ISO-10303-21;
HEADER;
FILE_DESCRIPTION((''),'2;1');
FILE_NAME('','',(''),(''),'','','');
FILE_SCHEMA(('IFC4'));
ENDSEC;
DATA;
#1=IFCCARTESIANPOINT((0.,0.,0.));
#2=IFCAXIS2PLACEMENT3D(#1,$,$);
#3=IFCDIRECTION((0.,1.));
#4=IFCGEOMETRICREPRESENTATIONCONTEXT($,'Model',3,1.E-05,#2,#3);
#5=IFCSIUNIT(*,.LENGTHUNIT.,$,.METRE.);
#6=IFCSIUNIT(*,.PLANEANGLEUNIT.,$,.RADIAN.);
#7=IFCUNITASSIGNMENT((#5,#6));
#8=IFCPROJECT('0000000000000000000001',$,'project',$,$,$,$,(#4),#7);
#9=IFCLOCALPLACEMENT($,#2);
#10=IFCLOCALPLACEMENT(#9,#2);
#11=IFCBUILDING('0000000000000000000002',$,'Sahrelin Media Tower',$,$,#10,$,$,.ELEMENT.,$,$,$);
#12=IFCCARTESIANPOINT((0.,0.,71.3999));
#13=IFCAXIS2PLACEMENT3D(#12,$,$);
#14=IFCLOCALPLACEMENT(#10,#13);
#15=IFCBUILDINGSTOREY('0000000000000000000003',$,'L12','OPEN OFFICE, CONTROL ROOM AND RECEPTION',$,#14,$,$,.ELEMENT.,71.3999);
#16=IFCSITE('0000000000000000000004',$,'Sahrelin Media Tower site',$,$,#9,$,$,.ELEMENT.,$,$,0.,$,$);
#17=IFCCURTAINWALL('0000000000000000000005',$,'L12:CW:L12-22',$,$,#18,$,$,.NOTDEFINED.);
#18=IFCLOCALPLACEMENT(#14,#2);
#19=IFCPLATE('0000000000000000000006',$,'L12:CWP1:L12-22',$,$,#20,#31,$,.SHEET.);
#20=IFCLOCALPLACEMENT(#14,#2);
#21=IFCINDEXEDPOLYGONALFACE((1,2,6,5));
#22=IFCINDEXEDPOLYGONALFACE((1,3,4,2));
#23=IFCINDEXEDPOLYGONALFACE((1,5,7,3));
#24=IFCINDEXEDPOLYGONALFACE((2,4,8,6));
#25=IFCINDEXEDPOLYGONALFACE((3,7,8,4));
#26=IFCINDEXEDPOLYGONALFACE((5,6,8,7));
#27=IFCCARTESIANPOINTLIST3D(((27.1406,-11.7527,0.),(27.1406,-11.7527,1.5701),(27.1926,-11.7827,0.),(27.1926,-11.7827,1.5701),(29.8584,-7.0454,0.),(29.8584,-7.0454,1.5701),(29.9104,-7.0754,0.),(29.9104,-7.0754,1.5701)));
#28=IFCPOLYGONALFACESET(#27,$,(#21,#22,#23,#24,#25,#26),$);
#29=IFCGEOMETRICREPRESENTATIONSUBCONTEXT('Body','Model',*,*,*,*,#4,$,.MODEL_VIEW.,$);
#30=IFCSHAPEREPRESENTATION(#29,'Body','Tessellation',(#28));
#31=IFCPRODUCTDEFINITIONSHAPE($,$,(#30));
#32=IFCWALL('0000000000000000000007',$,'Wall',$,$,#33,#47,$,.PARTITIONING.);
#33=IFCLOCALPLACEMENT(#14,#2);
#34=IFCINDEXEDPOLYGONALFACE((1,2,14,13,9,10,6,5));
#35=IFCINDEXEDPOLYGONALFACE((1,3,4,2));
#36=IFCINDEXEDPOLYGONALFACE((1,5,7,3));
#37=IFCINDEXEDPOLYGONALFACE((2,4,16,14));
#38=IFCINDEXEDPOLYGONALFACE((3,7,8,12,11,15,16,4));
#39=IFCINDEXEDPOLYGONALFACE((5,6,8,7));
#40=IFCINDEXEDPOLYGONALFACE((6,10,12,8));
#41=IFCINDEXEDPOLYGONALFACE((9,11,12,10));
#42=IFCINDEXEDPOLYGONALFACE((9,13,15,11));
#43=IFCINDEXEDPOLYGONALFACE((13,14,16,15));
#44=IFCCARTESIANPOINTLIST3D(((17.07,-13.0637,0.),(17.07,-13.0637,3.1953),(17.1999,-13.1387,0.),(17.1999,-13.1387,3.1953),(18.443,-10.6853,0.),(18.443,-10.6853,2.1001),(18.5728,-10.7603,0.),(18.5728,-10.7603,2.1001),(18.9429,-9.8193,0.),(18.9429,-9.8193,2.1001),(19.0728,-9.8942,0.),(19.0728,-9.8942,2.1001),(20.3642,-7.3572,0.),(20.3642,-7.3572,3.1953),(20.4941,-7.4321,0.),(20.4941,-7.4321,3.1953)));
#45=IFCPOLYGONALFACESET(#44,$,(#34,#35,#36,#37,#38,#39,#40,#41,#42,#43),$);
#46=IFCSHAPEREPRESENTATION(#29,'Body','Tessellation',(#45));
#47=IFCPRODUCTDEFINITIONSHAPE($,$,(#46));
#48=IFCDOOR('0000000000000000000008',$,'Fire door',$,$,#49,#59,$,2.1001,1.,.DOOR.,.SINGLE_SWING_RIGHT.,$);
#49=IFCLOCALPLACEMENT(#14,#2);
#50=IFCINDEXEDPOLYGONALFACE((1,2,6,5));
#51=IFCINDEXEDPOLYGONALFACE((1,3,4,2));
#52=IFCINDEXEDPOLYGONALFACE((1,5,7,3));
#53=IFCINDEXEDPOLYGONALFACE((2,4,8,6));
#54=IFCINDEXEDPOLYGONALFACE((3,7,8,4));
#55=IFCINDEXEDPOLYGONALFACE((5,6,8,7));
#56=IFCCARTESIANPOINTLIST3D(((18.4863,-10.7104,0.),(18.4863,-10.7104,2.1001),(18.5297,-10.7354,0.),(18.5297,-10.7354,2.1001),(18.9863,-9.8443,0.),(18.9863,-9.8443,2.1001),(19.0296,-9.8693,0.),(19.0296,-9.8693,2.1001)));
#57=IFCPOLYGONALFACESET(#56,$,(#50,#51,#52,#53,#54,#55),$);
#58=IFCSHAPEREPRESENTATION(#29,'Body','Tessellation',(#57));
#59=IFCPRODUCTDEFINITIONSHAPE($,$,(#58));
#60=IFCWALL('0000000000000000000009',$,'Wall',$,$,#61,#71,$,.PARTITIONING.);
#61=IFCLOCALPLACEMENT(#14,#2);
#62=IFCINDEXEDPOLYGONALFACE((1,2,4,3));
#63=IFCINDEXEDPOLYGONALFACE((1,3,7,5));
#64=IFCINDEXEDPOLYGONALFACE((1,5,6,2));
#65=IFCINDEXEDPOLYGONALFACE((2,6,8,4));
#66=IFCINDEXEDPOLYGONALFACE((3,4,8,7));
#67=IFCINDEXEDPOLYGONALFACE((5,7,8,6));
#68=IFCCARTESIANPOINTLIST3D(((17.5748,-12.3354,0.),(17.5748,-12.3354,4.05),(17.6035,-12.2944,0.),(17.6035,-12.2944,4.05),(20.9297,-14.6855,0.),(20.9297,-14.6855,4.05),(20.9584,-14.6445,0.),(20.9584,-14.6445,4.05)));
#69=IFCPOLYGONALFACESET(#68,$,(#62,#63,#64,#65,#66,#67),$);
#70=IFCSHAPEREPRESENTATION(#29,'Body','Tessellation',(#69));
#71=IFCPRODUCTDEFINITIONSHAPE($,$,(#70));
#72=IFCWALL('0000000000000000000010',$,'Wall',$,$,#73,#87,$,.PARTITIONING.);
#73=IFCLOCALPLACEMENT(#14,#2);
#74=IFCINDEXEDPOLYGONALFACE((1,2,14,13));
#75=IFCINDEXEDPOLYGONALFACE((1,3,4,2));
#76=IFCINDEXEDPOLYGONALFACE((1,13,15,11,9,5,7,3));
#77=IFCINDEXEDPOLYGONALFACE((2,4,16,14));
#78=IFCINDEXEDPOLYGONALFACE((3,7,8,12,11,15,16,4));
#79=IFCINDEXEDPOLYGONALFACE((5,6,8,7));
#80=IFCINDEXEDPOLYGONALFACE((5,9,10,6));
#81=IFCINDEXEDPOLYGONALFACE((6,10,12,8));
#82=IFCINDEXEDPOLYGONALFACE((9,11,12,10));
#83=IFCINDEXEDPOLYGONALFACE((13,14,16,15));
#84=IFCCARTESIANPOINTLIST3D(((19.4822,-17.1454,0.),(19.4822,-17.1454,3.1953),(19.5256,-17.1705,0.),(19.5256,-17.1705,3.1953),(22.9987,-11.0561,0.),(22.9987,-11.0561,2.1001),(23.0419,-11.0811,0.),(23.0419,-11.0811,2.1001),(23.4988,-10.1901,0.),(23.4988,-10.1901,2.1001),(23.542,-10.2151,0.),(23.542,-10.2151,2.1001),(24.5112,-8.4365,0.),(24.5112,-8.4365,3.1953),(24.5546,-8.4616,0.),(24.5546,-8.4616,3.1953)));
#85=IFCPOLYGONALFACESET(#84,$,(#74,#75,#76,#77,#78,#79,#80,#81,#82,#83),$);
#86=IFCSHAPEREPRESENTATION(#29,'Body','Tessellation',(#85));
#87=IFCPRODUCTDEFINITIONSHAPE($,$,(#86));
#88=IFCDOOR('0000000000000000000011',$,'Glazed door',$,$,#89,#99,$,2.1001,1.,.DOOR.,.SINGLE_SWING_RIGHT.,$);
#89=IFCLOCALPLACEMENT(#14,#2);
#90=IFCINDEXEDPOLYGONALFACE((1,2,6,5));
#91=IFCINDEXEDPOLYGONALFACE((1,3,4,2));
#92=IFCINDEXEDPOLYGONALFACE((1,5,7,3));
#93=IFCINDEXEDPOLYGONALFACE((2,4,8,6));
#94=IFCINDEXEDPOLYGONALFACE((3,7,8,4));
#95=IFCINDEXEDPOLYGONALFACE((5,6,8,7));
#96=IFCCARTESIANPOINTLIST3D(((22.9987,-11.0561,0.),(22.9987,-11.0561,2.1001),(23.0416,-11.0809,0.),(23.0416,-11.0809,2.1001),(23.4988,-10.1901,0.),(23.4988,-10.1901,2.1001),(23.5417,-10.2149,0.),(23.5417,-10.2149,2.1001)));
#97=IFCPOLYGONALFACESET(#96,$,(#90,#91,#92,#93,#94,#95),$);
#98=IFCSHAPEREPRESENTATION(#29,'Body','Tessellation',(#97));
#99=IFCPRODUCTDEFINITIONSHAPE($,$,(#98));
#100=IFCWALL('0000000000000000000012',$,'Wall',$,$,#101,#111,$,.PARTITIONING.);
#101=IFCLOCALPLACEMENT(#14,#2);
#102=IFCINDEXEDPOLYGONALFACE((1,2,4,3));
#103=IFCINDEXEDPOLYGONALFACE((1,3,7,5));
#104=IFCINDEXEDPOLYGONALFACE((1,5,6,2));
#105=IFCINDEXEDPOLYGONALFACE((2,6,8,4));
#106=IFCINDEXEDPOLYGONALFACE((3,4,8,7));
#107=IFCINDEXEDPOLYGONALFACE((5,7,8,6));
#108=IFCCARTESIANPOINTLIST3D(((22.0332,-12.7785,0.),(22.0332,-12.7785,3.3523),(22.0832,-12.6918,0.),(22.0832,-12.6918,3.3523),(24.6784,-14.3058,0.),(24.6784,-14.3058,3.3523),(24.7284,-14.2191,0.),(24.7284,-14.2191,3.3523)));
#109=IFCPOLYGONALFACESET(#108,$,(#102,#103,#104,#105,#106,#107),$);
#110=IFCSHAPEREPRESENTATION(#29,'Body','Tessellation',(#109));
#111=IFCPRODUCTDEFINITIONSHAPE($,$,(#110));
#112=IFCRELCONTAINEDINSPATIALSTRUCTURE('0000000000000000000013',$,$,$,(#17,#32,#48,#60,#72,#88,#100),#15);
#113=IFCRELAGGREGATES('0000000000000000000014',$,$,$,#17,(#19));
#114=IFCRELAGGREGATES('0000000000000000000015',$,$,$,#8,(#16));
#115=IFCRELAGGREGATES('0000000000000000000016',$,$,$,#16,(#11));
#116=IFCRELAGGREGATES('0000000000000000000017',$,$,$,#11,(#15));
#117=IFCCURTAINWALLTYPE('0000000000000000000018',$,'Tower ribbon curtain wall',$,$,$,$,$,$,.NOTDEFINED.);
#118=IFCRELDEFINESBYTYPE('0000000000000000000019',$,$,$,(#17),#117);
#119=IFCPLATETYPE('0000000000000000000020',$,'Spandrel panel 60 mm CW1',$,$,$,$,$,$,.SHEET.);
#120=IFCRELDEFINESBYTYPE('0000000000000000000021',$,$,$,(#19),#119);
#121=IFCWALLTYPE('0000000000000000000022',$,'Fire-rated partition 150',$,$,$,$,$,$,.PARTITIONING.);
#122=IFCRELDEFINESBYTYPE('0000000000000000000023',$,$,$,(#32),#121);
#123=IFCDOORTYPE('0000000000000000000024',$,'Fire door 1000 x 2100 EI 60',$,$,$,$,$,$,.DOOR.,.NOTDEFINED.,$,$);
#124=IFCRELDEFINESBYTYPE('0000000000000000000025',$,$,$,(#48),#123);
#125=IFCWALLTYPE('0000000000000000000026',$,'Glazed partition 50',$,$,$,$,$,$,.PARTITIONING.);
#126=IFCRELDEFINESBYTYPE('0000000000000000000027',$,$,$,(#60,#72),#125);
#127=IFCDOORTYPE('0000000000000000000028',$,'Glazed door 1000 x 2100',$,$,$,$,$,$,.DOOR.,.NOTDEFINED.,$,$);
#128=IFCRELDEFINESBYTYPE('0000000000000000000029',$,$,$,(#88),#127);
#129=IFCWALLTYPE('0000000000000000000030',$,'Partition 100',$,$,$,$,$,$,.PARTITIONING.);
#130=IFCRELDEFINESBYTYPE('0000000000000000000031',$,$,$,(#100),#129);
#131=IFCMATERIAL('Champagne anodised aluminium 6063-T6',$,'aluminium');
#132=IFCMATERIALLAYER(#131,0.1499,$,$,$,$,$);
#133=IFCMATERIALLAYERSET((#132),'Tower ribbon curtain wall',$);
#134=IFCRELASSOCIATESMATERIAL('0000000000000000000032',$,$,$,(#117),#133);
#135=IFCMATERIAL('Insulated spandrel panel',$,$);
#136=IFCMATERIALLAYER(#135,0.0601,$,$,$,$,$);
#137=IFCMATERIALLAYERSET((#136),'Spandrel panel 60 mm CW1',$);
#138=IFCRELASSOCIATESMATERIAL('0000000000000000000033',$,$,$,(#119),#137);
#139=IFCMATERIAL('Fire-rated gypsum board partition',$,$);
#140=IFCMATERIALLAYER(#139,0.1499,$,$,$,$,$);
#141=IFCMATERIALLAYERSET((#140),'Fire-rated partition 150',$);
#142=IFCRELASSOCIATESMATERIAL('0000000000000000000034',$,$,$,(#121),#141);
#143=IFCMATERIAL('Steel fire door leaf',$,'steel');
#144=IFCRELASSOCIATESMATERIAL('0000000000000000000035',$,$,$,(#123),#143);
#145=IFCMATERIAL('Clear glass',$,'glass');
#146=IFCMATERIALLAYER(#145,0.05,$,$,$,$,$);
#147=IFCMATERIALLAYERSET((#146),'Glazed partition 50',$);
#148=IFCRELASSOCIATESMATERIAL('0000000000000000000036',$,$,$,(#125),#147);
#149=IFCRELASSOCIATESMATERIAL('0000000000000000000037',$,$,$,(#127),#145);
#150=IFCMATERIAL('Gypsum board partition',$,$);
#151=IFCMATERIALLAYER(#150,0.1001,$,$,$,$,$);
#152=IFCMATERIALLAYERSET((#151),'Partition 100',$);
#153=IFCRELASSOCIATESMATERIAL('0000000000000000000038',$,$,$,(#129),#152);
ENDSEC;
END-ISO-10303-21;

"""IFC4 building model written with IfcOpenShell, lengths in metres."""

from ifc_helpers import new_model, si_unit, direction, frame, frame_2d, origin, place, context, subcontext, project, spatial, polyline, rectangle, outline, extrude, material, layer, layer_set, type_object, element, fill, aggregate, save


model = new_model("IFC4")

# Units and contexts
model_context = context("Model", 3, precision=1e-05, world=origin(), true_north=direction((0.0, 1.0)))
body_context = subcontext(model_context, "Body", "Model", "MODEL_VIEW")
ifc_project = project(units=[si_unit("LENGTHUNIT", "METRE"), si_unit("PLANEANGLEUNIT", "RADIAN")], contexts=[model_context])

# Site, building, storey
site_placement = place(None, origin())
site = spatial("IfcSite", under=ifc_project, at=site_placement, Name="Sahrelin Media Tower site", CompositionType="ELEMENT", RefElevation=0.0)
building_placement = place(site_placement, origin())
building = spatial("IfcBuilding", under=site, at=building_placement, Name="Sahrelin Media Tower", CompositionType="ELEMENT")
storey_placement = place(building_placement, frame((0.0, 0.0, 71.3999)))
storey = spatial("IfcBuildingStorey", under=building, at=storey_placement, Name="L12", Description="OPEN OFFICE, CONTROL ROOM AND RECEPTION", CompositionType="ELEMENT", Elevation=71.3999)

# Shared definitions
ifc_material_1 = material(Name="Champagne anodised aluminium 6063-T6", Category="aluminium")
ifc_layer_1 = layer(ifc_material_1, 0.1499)
ifc_layer_set_1 = layer_set([ifc_layer_1], Name="Tower ribbon curtain wall")
curtain_wall_type = type_object("IfcCurtainWallType", Name="Tower ribbon curtain wall", PredefinedType="NOTDEFINED", material=ifc_layer_set_1)

# Curtain wall
curtain_wall_1_placement = place(storey_placement, frame((28.5342, -9.4189, 0.0), z_axis=(0.0, 0.0, 1.0), x_axis=(1.0, 0.0, 0.0)))
curtain_wall_1 = element("IfcCurtainWall", 1, at=curtain_wall_1_placement, inside=storey, type_object=curtain_wall_type, Name="L12:CW:L12-22", PredefinedType="NOTDEFINED")

# Plate
ifc_material_2 = material(Name="Insulated spandrel panel")
ifc_layer_2 = layer(ifc_material_2, 0.0601)
ifc_layer_set_2 = layer_set([ifc_layer_2], Name="Spandrel panel 60 mm CW1")
plate_type_1 = type_object("IfcPlateType", Name="Spandrel panel 60 mm CW1", PredefinedType="SHEET", material=ifc_layer_set_2)
plate_1_placement = place(storey_placement, frame((27.1926, -11.7827, 0.0), z_axis=(0.866023, -0.500004, 0.0), x_axis=(0.500004, 0.866023, 0.0)))
plate_1 = element("IfcPlate", 2, at=plate_1_placement, type_object=plate_type_1, Name="L12:CWP1:L12-22", PredefinedType="SHEET", context=body_context, shape_type="SweptSolid", body=[
    extrude(outline(polyline([(0.0, 0.0), (5.4355, 0.0), (5.4355, 1.5701), (0.0, 1.5701), (0.0, 0.0)])), origin(), (0.0, 0.0, -1.0), 0.0601),
])
aggregate(curtain_wall_1, [plate_1])

# Wall, opening, door
ifc_material_3 = material(Name="Fire-rated gypsum board partition")
ifc_layer_3 = layer(ifc_material_3, 0.1499)
ifc_layer_set_3 = layer_set([ifc_layer_3], Name="Fire-rated partition 150")
wall_type_1 = type_object("IfcWallType", Name="Fire-rated partition 150", PredefinedType="PARTITIONING", material=ifc_layer_set_3)
wall_1_placement = place(storey_placement, frame((17.135, -13.1011, 0.0), z_axis=(0.0, 0.0, 1.0), x_axis=(0.499945, 0.866057, 0.0)))
wall_1 = element("IfcWall", 3, at=wall_1_placement, inside=storey, type_object=wall_type_1, Name="Wall", PredefinedType="PARTITIONING", context=body_context, shape_type="SweptSolid", body=[
    extrude(rectangle(XDim=6.5891, YDim=0.1499, at=frame_2d((3.2944, 0.0))), origin(), (0.0, 0.0, 1.0), 3.1953),
])
opening_1_placement = place(wall_1_placement, frame((2.7461, 0.0, 0.0)))
opening_1 = element("IfcOpeningElement", 4, at=opening_1_placement, cuts=wall_1, PredefinedType="OPENING", context=body_context, shape_type="SweptSolid", body=[
    extrude(rectangle(XDim=1.0, YDim=2.1001, at=frame_2d((0.5, 1.05))), frame((0.0, 0.075, 0.0), z_axis=(0.0, -1.0, 0.0), x_axis=(1.0, 0.0, 0.0)), (0.0, 0.0, 1.0), 0.1499),
])
ifc_material_4 = material(Name="Steel fire door leaf", Category="steel")
door_type_1 = type_object("IfcDoorType", Name="Fire door 1000 x 2100 EI 60", OperationType="NOTDEFINED", PredefinedType="DOOR", material=ifc_material_4)
door_1_placement = place(opening_1_placement, origin())
door_1 = element("IfcDoor", 5, at=door_1_placement, inside=storey, type_object=door_type_1, Name="Fire door", OperationType="SINGLE_SWING_RIGHT", OverallHeight=2.1001, OverallWidth=1.0, PredefinedType="DOOR", context=body_context, shape_type="SweptSolid", body=[
    extrude(rectangle(XDim=1.0, YDim=2.1001, at=frame_2d((0.5, 1.05))), frame((0.0, 0.0249, 0.0), z_axis=(0.0, -1.0, 0.0), x_axis=(1.0, 0.0, 0.0)), (0.0, 0.0, 1.0), 0.05),
])
fill(opening_1, door_1)

# Wall
ifc_material_5 = material(Name="Clear glass", Category="glass")
ifc_layer_4 = layer(ifc_material_5, 0.05)
ifc_layer_set_4 = layer_set([ifc_layer_4], Name="Glazed partition 50")
wall_type_2 = type_object("IfcWallType", Name="Glazed partition 50", PredefinedType="PARTITIONING", material=ifc_layer_set_4)
wall_2_placement = place(storey_placement, frame((17.5891, -12.3149, 0.0), z_axis=(0.0, 0.0, 1.0), x_axis=(0.819047, -0.573726, 0.0)))
element("IfcWall", 6, at=wall_2_placement, inside=storey, type_object=wall_type_2, Name="Wall", PredefinedType="PARTITIONING", context=body_context, shape_type="SweptSolid", body=[
    extrude(rectangle(XDim=4.0962, YDim=0.05, at=frame_2d((2.0481, 0.0))), origin(), (0.0, 0.0, 1.0), 4.05),
])

# Wall, opening, door
wall_3_placement = place(storey_placement, frame((19.5039, -17.158, 0.0), z_axis=(0.0, 0.0, 1.0), x_axis=(0.500068, 0.865986, 0.0)))
wall_3 = element("IfcWall", 7, at=wall_3_placement, inside=storey, type_object=wall_type_2, Name="Wall", PredefinedType="PARTITIONING", context=body_context, shape_type="SweptSolid", body=[
    extrude(rectangle(XDim=10.0566, YDim=0.05, at=frame_2d((5.0283, 0.0))), origin(), (0.0, 0.0, 1.0), 3.1953),
])
opening_2_placement = place(wall_3_placement, frame((7.0317, 0.0, 0.0)))
opening_2 = element("IfcOpeningElement", 8, at=opening_2_placement, cuts=wall_3, PredefinedType="OPENING", context=body_context, shape_type="SweptSolid", body=[
    extrude(rectangle(XDim=1.0, YDim=2.1001, at=frame_2d((0.5, 1.05))), frame((0.0, 0.0249, 0.0), z_axis=(0.0, -1.0, 0.0), x_axis=(1.0, 0.0, 0.0)), (0.0, 0.0, 1.0), 0.05),
])
door_type_2 = type_object("IfcDoorType", Name="Glazed door 1000 x 2100", OperationType="NOTDEFINED", PredefinedType="DOOR", material=ifc_material_5)
door_2_placement = place(opening_2_placement, origin())
door_2 = element("IfcDoor", 9, at=door_2_placement, inside=storey, type_object=door_type_2, Name="Glazed door", OperationType="SINGLE_SWING_RIGHT", OverallHeight=2.1001, OverallWidth=1.0, PredefinedType="DOOR", context=body_context, shape_type="SweptSolid", body=[
    extrude(rectangle(XDim=1.0, YDim=2.1001, at=frame_2d((0.5, 1.05))), frame((0.0, 0.0249, 0.0), z_axis=(0.0, -1.0, 0.0), x_axis=(1.0, 0.0, 0.0)), (0.0, 0.0, 1.0), 0.0496),
])
fill(opening_2, door_2)

# Wall
ifc_material_6 = material(Name="Gypsum board partition")
ifc_layer_5 = layer(ifc_material_6, 0.1001)
ifc_layer_set_5 = layer_set([ifc_layer_5], Name="Partition 100")
wall_type_3 = type_object("IfcWallType", Name="Partition 100", PredefinedType="PARTITIONING", material=ifc_layer_set_5)
wall_4_placement = place(storey_placement, frame((22.0581, -12.7351, 0.0), z_axis=(0.0, 0.0, 1.0), x_axis=(0.866011, -0.500025, 0.0)))
element("IfcWall", 10, at=wall_4_placement, inside=storey, type_object=wall_type_3, Name="Wall", PredefinedType="PARTITIONING", context=body_context, shape_type="SweptSolid", body=[
    extrude(rectangle(XDim=3.0544, YDim=0.1001, at=frame_2d((1.5273, 0.0))), origin(), (0.0, 0.0, 1.0), 3.3523),
])

save(model, "model.ifc")
